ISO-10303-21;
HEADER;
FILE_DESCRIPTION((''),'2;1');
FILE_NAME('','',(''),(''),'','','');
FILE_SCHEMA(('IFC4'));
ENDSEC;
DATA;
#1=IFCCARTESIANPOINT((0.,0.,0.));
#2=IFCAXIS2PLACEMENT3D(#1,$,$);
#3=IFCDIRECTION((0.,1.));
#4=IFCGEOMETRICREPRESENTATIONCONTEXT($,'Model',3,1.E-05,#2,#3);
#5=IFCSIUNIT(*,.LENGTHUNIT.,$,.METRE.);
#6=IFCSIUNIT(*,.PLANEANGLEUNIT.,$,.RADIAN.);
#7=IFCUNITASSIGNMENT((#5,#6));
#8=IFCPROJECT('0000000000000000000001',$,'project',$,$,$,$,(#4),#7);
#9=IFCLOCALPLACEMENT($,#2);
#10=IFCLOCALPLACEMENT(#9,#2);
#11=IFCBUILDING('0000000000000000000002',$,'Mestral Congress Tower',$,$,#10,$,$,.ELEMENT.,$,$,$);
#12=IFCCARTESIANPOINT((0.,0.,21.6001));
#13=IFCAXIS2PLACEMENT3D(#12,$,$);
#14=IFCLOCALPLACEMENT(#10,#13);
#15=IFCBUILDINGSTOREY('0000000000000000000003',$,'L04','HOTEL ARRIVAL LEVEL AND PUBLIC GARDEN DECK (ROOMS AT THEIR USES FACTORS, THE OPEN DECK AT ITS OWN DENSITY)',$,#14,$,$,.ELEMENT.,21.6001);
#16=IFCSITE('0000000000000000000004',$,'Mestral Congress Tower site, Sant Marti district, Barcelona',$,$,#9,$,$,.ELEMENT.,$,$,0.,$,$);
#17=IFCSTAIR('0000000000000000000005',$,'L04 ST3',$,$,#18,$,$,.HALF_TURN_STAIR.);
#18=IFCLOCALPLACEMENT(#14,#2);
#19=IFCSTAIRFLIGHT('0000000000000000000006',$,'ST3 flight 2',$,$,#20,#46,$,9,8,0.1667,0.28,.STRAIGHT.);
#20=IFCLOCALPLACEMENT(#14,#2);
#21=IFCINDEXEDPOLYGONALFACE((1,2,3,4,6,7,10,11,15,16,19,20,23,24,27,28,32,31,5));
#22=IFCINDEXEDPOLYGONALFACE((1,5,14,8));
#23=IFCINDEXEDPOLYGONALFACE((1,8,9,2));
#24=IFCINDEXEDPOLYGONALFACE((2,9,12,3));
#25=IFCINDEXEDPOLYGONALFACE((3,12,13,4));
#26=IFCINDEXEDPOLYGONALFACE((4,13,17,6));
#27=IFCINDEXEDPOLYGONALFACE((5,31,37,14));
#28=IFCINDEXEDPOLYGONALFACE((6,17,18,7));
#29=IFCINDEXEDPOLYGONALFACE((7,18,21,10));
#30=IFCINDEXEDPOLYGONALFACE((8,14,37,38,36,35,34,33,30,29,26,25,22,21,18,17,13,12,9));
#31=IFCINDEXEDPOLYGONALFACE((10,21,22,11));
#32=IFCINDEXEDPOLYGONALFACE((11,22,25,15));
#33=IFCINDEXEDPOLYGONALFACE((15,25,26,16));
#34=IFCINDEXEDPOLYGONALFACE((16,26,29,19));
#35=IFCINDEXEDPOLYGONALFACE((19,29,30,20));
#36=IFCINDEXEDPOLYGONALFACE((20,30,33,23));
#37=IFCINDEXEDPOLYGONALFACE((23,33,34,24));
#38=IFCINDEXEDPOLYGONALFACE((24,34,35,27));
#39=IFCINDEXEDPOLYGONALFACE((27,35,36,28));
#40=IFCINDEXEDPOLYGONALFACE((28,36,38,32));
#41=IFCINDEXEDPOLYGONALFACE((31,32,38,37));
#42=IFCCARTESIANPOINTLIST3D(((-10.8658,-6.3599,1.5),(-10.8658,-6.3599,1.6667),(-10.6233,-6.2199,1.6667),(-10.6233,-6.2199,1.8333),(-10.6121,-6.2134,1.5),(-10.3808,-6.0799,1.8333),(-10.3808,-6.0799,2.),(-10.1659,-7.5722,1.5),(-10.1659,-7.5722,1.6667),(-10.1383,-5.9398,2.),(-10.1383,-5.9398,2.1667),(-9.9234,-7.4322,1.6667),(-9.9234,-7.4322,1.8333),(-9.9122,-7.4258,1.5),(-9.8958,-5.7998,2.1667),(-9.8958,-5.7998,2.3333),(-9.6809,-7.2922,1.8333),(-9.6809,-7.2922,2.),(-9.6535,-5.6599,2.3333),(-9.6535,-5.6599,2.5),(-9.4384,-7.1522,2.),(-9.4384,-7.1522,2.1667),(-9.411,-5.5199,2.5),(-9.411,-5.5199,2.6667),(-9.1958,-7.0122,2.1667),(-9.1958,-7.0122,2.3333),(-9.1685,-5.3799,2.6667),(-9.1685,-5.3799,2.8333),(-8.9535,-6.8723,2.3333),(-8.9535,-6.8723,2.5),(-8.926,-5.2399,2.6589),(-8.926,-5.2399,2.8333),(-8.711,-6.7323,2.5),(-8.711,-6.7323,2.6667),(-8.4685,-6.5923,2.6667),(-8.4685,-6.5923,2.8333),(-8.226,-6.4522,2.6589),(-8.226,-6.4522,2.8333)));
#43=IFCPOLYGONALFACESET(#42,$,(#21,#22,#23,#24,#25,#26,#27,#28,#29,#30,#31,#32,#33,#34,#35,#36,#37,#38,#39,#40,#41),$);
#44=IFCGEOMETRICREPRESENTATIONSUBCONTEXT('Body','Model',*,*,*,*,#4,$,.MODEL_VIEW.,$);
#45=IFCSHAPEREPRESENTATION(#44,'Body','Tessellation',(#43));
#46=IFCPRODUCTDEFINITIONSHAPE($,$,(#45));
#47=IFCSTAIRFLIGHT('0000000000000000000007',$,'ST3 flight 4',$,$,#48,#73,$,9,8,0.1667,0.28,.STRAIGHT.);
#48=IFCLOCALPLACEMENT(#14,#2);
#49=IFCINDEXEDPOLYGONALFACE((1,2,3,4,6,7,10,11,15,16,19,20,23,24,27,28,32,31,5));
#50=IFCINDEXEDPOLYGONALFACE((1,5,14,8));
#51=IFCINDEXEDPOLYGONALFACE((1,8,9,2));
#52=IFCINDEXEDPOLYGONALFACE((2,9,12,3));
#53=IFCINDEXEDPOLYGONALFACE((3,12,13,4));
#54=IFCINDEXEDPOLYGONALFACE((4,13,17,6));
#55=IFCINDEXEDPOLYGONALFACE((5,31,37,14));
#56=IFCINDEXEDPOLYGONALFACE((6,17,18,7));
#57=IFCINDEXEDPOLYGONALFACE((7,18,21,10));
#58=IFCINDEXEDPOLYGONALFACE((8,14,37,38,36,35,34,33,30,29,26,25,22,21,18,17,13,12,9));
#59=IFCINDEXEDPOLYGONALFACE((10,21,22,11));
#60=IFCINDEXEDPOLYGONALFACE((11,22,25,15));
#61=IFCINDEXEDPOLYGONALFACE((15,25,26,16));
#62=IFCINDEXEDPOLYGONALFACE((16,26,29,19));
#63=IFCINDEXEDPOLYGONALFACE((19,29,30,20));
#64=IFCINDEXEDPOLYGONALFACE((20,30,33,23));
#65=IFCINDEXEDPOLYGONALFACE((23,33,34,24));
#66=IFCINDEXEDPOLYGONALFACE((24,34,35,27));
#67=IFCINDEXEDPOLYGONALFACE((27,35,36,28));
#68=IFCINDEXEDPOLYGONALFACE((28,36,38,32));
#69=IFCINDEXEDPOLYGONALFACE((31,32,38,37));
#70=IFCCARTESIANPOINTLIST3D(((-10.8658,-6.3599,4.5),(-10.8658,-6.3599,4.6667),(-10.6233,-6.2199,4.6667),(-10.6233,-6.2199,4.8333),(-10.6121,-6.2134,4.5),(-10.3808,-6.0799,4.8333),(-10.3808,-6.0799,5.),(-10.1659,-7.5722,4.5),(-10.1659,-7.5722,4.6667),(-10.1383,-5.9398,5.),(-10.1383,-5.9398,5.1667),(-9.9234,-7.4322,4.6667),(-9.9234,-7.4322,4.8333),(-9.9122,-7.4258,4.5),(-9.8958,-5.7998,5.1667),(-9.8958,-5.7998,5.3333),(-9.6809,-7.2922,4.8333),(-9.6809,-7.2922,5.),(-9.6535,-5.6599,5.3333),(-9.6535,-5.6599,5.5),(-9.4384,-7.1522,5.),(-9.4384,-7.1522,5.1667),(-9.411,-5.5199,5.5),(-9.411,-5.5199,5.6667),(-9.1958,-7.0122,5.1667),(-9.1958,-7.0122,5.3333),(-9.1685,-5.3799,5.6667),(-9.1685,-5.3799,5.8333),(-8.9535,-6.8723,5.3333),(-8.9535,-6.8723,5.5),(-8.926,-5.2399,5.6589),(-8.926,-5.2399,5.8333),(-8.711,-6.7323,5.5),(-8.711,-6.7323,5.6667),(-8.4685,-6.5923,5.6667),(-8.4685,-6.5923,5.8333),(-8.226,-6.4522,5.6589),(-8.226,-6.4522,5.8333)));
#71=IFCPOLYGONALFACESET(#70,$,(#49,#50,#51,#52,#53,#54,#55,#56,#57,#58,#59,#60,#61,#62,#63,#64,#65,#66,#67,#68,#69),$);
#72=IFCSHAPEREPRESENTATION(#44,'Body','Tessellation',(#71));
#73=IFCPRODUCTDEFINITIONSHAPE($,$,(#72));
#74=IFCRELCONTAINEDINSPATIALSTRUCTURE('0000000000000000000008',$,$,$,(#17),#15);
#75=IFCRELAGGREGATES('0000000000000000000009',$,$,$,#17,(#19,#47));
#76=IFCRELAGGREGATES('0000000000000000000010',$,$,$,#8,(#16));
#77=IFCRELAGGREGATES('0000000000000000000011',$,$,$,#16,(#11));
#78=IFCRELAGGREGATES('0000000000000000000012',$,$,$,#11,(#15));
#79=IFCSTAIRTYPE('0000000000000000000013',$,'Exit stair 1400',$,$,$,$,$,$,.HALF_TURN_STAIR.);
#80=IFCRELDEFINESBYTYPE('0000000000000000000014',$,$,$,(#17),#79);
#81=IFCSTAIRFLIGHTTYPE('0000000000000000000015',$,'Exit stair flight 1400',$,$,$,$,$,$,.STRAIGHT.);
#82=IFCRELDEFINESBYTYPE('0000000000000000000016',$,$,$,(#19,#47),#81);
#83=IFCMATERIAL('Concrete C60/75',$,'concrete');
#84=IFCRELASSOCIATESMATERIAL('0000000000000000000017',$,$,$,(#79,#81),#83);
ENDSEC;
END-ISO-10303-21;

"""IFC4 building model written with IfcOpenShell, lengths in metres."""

from ifc_helpers import new_model, si_unit, direction, frame, origin, place, context, subcontext, project, spatial, polyline, outline, extrude, material, type_object, element, aggregate, save


model = new_model("IFC4")

# Units and contexts
model_context = context("Model", 3, precision=1e-05, world=origin(), true_north=direction((0.0, 1.0)))
body_context = subcontext(model_context, "Body", "Model", "MODEL_VIEW")
ifc_project = project(units=[si_unit("LENGTHUNIT", "METRE"), si_unit("PLANEANGLEUNIT", "RADIAN")], contexts=[model_context])

# Site, building, storey
site_placement = place(None, origin())
site = spatial("IfcSite", under=ifc_project, at=site_placement, Name="Mestral Congress Tower site, Sant Marti district, Barcelona", CompositionType="ELEMENT", RefElevation=0.0)
building_placement = place(site_placement, origin())
building = spatial("IfcBuilding", under=site, at=building_placement, Name="Mestral Congress Tower", CompositionType="ELEMENT")
storey_placement = place(building_placement, frame((0.0, 0.0, 21.6001)))
storey = spatial("IfcBuildingStorey", under=building, at=storey_placement, Name="L04", Description="HOTEL ARRIVAL LEVEL AND PUBLIC GARDEN DECK (ROOMS AT THEIR USES FACTORS, THE OPEN DECK AT ITS OWN DENSITY)", CompositionType="ELEMENT", Elevation=21.6001)

# Shared definitions
ifc_material_1 = material(Name="Concrete C60/75", Category="concrete")

# Stair, stair flights
stair_type = type_object("IfcStairType", Name="Exit stair 1400", PredefinedType="HALF_TURN_STAIR", material=ifc_material_1)
stair_placement = place(storey_placement, origin())
stair = element("IfcStair", 1, at=stair_placement, inside=storey, type_object=stair_type, Name="L04 ST3", PredefinedType="HALF_TURN_STAIR")
stair_flight_type = type_object("IfcStairFlightType", Name="Exit stair flight 1400", PredefinedType="STRAIGHT", material=ifc_material_1)
stair_flight_1_placement = place(storey_placement, frame((-10.5159, -6.9661, 1.5), z_axis=(0.0, 0.0, 1.0), x_axis=(0.866025, 0.5, 0.0)))
stair_flight_1 = element("IfcStairFlight", 2, at=stair_flight_1_placement, type_object=stair_flight_type, Name="ST3 flight 2", NumberOfRisers=9, NumberOfTreads=8, PredefinedType="STRAIGHT", RiserHeight=0.1667, TreadLength=0.28, context=body_context, shape_type="SweptSolid", body=[
    extrude(outline(polyline([(0.0, 0.0), (0.0, 0.1667), (0.28, 0.1667), (0.28, 0.3333), (0.5601, 0.3333), (0.5601, 0.5), (0.8401, 0.5), (0.8401, 0.6667), (1.1201, 0.6667), (1.1201, 0.8333), (1.3999, 0.8333), (1.3999, 1.0), (1.6799, 1.0), (1.6799, 1.1667), (1.96, 1.1667), (1.96, 1.3333), (2.24, 1.3333), (2.24, 1.5), (2.24, 1.1589), (0.293, 0.0), (0.0, 0.0)])), frame((0.0, 0.7, 0.0), z_axis=(0.0, -1.0, 0.0), x_axis=(1.0, 0.0, 0.0)), (0.0, 0.0, 1.0), 1.3999),
])
stair_flight_2_placement = place(storey_placement, frame((-10.5159, -6.9661, 4.5), z_axis=(0.0, 0.0, 1.0), x_axis=(0.866025, 0.5, 0.0)))
stair_flight_2 = element("IfcStairFlight", 3, at=stair_flight_2_placement, type_object=stair_flight_type, Name="ST3 flight 4", NumberOfRisers=9, NumberOfTreads=8, PredefinedType="STRAIGHT", RiserHeight=0.1667, TreadLength=0.28, context=body_context, shape_type="SweptSolid", body=[
    extrude(outline(polyline([(0.0, 0.0), (0.0, 0.1667), (0.28, 0.1667), (0.28, 0.3333), (0.5601, 0.3333), (0.5601, 0.5), (0.8401, 0.5), (0.8401, 0.6667), (1.1201, 0.6667), (1.1201, 0.8333), (1.3999, 0.8333), (1.3999, 1.0), (1.6799, 1.0), (1.6799, 1.1667), (1.96, 1.1667), (1.96, 1.3333), (2.24, 1.3333), (2.24, 1.5), (2.24, 1.1589), (0.293, 0.0), (0.0, 0.0)])), frame((0.0, 0.7, 0.0), z_axis=(0.0, -1.0, 0.0), x_axis=(1.0, 0.0, 0.0)), (0.0, 0.0, 1.0), 1.3999),
])
aggregate(stair, [stair_flight_1, stair_flight_2])

save(model, "model.ifc")
